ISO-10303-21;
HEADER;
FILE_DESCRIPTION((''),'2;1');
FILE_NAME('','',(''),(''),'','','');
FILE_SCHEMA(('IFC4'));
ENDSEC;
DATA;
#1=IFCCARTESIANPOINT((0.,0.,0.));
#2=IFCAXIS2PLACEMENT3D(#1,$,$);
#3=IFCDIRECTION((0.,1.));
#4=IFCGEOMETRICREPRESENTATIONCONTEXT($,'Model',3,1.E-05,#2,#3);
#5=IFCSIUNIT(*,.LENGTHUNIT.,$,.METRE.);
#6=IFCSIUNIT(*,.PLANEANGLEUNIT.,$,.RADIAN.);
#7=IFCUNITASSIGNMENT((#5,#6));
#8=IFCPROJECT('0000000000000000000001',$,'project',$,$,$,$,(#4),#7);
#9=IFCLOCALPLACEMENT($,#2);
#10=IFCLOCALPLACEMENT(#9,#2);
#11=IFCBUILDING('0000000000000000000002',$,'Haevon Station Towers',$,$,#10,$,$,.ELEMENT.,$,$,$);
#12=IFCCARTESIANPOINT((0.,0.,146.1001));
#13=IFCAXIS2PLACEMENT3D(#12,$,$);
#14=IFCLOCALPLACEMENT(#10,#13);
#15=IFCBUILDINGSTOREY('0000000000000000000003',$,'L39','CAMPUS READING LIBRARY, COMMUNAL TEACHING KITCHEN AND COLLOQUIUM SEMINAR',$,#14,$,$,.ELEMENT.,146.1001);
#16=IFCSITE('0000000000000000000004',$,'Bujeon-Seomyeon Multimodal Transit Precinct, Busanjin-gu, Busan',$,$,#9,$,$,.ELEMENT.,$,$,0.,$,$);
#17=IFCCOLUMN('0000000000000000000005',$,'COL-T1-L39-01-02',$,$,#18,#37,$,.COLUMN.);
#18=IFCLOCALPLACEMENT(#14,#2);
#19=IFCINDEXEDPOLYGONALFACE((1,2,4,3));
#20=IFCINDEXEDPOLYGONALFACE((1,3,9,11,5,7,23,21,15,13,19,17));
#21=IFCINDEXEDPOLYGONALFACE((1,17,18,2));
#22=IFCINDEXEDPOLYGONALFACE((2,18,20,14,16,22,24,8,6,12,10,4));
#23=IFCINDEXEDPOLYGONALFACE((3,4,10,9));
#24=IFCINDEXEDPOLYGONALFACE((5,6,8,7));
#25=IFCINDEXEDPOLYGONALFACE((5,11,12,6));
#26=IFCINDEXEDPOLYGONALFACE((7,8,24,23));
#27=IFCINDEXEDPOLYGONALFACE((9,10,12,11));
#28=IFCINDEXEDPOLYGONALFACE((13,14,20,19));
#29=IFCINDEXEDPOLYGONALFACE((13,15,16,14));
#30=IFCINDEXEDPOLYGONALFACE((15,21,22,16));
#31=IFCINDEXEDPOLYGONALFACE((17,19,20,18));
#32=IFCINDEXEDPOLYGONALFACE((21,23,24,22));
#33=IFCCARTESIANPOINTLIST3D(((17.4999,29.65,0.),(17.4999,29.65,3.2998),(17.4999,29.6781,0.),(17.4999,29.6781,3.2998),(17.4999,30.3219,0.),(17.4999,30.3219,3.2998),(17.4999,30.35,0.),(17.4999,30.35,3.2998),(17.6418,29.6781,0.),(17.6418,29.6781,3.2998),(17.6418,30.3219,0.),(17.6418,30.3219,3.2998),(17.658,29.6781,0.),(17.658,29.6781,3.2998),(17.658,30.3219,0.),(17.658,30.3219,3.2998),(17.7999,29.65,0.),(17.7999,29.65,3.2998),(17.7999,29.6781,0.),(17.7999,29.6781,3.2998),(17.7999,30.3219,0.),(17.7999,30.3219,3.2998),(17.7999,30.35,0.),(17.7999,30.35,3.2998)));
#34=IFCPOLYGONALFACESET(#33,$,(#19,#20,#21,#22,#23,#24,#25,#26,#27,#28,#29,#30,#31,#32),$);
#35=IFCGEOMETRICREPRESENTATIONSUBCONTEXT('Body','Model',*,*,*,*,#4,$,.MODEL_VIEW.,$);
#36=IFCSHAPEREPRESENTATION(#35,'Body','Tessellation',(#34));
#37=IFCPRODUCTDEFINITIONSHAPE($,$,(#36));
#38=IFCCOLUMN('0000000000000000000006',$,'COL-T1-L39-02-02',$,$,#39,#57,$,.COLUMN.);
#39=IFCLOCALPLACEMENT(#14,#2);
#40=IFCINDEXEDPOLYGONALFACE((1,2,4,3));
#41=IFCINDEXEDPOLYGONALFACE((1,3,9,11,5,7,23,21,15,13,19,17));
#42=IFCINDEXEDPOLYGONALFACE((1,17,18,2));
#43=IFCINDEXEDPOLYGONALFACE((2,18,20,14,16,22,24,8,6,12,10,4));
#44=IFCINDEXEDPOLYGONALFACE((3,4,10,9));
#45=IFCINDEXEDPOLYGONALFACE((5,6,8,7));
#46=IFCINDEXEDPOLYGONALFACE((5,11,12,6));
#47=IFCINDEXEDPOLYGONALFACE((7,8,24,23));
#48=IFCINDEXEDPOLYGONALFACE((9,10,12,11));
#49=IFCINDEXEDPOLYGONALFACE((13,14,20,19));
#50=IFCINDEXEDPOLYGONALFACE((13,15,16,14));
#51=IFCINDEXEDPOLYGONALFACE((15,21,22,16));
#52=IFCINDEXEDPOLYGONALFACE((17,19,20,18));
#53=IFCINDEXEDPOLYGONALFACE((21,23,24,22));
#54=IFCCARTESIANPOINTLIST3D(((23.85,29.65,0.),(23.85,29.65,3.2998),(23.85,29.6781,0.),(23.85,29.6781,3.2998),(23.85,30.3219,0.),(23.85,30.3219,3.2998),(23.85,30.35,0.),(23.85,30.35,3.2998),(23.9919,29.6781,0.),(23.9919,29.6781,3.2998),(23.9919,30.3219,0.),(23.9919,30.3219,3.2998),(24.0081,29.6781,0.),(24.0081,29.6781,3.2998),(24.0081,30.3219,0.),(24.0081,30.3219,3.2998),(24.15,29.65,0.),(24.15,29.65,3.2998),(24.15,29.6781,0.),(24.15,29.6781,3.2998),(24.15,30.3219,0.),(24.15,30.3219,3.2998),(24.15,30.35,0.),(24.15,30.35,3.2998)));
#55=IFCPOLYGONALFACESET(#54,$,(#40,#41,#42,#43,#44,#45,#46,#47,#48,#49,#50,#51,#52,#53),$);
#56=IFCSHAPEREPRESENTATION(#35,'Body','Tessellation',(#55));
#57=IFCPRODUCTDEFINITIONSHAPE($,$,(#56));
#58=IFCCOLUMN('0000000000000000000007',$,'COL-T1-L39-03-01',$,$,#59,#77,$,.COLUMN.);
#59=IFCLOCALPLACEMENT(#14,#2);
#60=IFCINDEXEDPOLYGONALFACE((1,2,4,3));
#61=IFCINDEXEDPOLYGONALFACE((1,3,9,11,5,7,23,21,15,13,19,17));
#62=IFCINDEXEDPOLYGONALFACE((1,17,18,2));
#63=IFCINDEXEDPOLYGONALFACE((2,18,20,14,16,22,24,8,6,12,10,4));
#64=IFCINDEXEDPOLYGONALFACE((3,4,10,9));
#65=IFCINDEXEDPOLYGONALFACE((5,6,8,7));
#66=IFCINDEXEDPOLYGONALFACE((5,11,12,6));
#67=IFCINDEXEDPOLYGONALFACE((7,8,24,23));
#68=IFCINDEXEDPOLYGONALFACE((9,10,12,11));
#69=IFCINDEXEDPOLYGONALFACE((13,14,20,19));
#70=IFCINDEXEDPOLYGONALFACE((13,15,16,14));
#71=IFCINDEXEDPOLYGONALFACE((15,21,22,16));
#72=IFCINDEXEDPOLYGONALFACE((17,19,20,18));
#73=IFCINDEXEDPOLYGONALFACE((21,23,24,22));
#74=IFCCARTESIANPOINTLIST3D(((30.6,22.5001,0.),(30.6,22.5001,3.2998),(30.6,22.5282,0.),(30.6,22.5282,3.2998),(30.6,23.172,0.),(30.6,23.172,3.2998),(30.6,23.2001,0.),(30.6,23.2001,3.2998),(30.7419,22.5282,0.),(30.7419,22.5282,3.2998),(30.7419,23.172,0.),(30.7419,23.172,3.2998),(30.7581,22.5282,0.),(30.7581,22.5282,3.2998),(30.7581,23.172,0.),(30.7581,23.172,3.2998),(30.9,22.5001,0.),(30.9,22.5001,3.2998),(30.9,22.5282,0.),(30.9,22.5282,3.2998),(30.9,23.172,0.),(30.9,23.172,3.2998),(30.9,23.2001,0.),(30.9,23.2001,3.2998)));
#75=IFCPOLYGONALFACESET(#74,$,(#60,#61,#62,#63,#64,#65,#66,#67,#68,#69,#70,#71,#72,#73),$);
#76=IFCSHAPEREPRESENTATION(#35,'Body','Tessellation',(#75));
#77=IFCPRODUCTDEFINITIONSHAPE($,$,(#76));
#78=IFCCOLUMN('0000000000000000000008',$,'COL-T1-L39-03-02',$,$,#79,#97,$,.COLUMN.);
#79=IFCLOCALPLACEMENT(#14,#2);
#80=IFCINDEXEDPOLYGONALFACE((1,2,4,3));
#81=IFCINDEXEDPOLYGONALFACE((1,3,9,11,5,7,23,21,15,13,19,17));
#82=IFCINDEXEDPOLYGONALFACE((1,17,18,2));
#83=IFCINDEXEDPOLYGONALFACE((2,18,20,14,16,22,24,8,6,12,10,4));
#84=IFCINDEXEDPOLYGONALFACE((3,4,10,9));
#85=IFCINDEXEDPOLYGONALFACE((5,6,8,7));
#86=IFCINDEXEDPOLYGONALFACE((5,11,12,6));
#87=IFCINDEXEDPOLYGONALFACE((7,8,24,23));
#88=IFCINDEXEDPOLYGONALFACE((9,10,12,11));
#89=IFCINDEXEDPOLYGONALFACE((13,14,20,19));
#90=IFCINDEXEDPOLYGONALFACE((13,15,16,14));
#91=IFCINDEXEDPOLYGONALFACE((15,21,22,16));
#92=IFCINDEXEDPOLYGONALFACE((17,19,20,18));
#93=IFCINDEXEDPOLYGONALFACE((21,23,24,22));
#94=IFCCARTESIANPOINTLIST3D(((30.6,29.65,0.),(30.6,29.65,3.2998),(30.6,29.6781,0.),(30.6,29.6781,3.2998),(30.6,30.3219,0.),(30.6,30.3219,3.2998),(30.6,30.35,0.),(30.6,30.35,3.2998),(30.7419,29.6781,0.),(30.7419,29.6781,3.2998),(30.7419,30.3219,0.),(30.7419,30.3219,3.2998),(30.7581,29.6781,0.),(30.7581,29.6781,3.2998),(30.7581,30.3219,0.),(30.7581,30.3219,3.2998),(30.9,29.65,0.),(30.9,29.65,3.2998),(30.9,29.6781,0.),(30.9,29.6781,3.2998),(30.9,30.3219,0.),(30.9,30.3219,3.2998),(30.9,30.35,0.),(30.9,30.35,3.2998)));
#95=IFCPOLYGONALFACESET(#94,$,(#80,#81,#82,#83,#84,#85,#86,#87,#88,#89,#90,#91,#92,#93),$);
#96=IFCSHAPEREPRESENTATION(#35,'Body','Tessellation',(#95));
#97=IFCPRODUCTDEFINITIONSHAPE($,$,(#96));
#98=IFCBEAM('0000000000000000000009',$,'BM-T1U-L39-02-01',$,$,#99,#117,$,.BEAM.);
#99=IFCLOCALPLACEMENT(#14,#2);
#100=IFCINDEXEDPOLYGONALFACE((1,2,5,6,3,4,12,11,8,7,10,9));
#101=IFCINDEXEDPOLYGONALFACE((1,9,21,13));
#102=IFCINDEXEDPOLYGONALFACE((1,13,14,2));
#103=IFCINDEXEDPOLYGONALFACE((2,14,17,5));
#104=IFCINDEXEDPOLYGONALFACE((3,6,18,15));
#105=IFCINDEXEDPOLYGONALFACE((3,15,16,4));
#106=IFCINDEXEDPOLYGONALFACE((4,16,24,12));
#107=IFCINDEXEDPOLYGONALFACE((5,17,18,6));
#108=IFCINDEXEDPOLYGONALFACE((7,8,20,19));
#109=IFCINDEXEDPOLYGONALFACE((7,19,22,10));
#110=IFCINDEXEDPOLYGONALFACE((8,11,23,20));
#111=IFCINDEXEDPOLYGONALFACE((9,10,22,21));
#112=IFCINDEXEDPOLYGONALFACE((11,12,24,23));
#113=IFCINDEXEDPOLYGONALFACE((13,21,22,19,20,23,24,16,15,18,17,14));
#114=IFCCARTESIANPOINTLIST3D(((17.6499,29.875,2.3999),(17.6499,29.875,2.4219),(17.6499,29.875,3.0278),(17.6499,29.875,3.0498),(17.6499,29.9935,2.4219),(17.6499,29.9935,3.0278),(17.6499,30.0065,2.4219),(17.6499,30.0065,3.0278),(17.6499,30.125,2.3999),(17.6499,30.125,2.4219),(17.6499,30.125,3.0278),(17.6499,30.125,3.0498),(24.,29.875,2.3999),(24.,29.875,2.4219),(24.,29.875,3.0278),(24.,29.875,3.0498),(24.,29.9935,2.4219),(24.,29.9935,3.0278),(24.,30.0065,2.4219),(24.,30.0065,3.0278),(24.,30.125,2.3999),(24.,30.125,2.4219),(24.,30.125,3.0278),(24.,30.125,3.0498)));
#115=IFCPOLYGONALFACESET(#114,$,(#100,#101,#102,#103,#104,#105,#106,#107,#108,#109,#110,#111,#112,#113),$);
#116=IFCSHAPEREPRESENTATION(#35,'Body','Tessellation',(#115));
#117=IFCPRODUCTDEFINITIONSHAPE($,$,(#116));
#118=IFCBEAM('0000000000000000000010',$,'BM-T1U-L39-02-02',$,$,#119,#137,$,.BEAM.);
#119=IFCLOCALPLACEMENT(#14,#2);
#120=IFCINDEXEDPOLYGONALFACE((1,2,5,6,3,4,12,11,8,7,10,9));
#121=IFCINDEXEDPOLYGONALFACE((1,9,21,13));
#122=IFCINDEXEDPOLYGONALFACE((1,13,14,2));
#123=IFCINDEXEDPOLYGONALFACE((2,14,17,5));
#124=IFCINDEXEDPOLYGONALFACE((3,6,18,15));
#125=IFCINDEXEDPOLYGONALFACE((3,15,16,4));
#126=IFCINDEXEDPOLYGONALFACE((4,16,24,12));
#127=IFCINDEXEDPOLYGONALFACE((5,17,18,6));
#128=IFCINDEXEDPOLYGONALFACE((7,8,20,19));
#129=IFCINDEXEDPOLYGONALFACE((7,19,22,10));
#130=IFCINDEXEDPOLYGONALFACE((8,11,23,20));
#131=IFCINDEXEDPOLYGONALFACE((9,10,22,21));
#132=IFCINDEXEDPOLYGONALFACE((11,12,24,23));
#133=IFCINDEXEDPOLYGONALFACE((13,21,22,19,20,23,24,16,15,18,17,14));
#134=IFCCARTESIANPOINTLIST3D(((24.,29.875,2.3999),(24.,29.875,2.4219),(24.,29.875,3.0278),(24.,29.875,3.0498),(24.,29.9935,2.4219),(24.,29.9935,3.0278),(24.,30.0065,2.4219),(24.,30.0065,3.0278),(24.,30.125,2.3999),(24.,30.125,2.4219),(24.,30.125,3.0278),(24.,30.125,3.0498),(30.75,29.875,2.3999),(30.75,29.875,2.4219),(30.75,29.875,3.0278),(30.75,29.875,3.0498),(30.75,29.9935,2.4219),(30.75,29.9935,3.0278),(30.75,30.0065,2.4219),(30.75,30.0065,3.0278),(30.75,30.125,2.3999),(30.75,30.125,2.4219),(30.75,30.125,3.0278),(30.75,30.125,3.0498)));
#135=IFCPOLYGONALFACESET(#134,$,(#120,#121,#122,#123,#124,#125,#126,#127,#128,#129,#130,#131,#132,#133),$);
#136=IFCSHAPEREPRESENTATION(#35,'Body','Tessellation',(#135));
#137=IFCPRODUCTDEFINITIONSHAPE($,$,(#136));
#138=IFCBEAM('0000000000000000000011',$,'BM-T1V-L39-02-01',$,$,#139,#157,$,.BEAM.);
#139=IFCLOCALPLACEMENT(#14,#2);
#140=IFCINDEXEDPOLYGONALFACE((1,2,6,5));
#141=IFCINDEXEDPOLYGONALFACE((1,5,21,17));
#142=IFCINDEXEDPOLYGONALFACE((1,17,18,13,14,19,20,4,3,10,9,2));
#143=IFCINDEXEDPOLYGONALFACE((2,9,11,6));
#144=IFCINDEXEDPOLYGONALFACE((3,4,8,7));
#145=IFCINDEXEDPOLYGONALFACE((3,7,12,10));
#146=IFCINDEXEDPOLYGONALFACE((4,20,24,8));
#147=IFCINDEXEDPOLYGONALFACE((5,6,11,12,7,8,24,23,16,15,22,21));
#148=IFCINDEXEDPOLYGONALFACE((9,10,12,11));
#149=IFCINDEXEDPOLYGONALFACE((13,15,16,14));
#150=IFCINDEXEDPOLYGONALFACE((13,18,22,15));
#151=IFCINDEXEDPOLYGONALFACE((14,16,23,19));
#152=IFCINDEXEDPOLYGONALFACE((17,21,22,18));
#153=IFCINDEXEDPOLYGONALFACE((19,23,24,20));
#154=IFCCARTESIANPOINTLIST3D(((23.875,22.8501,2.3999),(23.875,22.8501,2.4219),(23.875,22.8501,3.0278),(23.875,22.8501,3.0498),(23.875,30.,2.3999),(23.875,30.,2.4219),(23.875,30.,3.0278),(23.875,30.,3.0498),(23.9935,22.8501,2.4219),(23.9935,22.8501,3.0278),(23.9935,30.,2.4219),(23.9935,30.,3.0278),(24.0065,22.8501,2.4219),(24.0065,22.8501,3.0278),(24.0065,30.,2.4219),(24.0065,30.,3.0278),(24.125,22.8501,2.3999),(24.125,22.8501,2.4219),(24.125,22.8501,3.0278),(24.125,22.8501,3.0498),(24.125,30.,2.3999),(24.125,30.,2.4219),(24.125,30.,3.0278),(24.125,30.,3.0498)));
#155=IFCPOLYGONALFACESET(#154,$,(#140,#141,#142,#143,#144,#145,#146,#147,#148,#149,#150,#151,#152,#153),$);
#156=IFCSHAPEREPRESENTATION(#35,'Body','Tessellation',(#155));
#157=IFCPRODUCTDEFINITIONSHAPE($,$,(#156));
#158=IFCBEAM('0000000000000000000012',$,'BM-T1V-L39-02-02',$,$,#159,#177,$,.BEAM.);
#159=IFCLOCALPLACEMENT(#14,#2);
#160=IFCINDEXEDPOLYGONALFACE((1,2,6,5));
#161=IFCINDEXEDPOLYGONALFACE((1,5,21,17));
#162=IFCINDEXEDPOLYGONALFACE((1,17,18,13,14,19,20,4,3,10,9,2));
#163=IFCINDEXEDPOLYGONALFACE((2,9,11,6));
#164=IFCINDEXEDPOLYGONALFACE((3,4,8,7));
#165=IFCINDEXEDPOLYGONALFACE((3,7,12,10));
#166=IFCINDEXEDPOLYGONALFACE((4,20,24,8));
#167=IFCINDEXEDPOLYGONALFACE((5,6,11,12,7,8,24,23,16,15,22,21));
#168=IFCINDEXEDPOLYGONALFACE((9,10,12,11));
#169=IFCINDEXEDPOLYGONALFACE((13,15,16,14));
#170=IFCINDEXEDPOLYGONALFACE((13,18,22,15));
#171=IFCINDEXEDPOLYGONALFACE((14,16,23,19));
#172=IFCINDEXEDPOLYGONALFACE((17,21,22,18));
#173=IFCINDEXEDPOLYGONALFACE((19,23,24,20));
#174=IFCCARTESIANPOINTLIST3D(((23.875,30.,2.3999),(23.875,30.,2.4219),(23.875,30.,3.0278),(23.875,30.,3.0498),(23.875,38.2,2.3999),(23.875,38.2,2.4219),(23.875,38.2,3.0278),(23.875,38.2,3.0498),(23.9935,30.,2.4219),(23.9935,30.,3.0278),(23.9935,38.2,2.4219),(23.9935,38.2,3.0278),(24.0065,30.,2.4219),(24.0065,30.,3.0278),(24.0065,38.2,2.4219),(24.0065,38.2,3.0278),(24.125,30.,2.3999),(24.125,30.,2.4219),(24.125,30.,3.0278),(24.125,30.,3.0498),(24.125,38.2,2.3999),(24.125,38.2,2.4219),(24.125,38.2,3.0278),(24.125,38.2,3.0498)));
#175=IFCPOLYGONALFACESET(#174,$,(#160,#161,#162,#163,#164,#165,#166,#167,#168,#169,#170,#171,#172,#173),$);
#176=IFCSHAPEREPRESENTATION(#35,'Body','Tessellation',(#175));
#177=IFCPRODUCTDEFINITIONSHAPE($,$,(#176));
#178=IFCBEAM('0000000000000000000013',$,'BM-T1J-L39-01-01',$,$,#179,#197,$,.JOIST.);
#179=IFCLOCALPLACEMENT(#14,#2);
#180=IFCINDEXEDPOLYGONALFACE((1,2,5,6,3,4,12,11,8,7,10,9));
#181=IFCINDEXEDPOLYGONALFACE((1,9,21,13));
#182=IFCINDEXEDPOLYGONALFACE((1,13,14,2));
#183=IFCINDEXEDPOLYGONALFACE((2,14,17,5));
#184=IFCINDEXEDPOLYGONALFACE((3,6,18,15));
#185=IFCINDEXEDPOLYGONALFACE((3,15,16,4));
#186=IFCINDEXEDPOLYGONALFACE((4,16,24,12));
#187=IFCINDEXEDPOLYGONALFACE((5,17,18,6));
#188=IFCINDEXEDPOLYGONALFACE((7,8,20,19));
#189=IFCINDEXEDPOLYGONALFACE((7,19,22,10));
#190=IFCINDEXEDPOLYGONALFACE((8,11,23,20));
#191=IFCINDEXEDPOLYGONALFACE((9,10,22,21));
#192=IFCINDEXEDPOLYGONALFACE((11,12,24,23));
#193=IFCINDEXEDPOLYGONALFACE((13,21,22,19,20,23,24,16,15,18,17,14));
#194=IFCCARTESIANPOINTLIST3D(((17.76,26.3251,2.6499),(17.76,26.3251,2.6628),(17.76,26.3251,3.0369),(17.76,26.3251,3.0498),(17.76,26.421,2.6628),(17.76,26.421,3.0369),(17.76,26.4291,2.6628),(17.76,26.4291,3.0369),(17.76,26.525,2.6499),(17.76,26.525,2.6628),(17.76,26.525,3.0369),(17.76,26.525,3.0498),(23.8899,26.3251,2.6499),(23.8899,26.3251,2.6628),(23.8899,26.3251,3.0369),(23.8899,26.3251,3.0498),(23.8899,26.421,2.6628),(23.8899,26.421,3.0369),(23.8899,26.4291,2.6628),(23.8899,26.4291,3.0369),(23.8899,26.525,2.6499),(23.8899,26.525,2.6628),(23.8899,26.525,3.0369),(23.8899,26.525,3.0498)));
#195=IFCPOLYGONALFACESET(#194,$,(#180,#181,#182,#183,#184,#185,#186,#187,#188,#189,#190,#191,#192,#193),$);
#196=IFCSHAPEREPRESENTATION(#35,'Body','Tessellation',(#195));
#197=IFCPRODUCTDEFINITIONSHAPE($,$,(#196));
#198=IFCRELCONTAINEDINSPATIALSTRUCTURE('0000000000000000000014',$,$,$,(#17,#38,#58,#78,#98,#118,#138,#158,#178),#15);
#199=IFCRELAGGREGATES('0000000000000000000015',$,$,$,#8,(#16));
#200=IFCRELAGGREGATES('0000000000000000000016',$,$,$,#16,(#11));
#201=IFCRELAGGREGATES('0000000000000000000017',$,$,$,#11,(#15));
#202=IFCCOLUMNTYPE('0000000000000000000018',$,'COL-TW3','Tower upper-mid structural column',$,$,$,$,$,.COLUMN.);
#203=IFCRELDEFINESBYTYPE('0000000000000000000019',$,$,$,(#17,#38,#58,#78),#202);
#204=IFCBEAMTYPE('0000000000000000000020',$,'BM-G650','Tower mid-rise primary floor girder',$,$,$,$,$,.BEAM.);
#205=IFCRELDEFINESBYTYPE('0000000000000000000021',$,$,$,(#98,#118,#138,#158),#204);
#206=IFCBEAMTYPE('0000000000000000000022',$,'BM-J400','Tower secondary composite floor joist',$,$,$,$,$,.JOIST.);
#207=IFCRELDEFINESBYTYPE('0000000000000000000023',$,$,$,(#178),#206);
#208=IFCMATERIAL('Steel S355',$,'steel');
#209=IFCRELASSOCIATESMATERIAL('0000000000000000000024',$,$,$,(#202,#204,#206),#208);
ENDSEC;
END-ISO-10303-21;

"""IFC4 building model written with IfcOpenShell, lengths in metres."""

from ifc_helpers import new_model, si_unit, direction, frame, origin, origin_2d, place, context, subcontext, project, spatial, i_section, extrude, material, material_profile, profile_set, type_object, element, save


model = new_model("IFC4")

# Units and contexts
model_context = context("Model", 3, precision=1e-05, world=origin(), true_north=direction((0.0, 1.0)))
body_context = subcontext(model_context, "Body", "Model", "MODEL_VIEW")
ifc_project = project(units=[si_unit("LENGTHUNIT", "METRE"), si_unit("PLANEANGLEUNIT", "RADIAN")], contexts=[model_context])

# Site, building, storey
site_placement = place(None, origin())
site = spatial("IfcSite", under=ifc_project, at=site_placement, Name="Bujeon-Seomyeon Multimodal Transit Precinct, Busanjin-gu, Busan", CompositionType="ELEMENT", RefElevation=0.0)
building_placement = place(site_placement, origin())
building = spatial("IfcBuilding", under=site, at=building_placement, Name="Haevon Station Towers", CompositionType="ELEMENT")
storey_placement = place(building_placement, frame((0.0, 0.0, 146.1001)))
storey = spatial("IfcBuildingStorey", under=building, at=storey_placement, Name="L39", Description="CAMPUS READING LIBRARY, COMMUNAL TEACHING KITCHEN AND COLLOQUIUM SEMINAR", CompositionType="ELEMENT", Elevation=146.1001)

# Columns
ifc_material_1 = material(Name="Steel S355", Category="steel")
ifc_material_profile_1 = material_profile(ifc_material_1, i_section(OverallWidth=0.3, OverallDepth=0.7, WebThickness=0.0161, FlangeThickness=0.0281, at=origin_2d()), Name="H-700x300x16x28")
ifc_profile_set_1 = profile_set([ifc_material_profile_1], Name="Steel S355")
column_type = type_object("IfcColumnType", Name="COL-TW3", Description="Tower upper-mid structural column", PredefinedType="COLUMN", material=ifc_profile_set_1)
for number, where, z_axis, x_axis, name in (
    (1, (17.6499, 30.0, 0.0), (0.0, 0.0, 1.0), (1.0, 0.0, 0.0), "COL-T1-L39-01-02"),
    (2, (24.0, 30.0, 0.0), (0.0, 0.0, 1.0), (1.0, 0.0, 0.0), "COL-T1-L39-02-02"),
    (3, (30.75, 22.8501, 0.0), (0.0, 0.0, 1.0), (1.0, 0.0, 0.0), "COL-T1-L39-03-01"),
    (4, (30.75, 30.0, 0.0), (0.0, 0.0, 1.0), (1.0, 0.0, 0.0), "COL-T1-L39-03-02"),
):
    element("IfcColumn", number, at=place(storey_placement, frame(where, z_axis=z_axis, x_axis=x_axis)), inside=storey, type_object=column_type, Name=name, PredefinedType="COLUMN", context=body_context, shape_type="SweptSolid", body=[
        extrude(i_section(OverallWidth=0.3, OverallDepth=0.7, WebThickness=0.0161, FlangeThickness=0.0281, at=origin_2d()), origin(), (0.0, 0.0, 1.0), 3.2998),
    ])

# Beams
ifc_material_profile_2 = material_profile(ifc_material_1, i_section(OverallWidth=0.25, OverallDepth=0.6499, WebThickness=0.0129, FlangeThickness=0.022, at=origin_2d()), Name="H-650x250x13x22")
ifc_profile_set_2 = profile_set([ifc_material_profile_2], Name="Steel S355")
beam_type_1 = type_object("IfcBeamType", Name="BM-G650", Description="Tower mid-rise primary floor girder", PredefinedType="BEAM", material=ifc_profile_set_2)
beam_1_placement = place(storey_placement, frame((17.6499, 30.0, 2.7249), z_axis=(1.0, 0.0, 0.0), x_axis=(0.0, 1.0, 0.0)))
element("IfcBeam", 5, at=beam_1_placement, inside=storey, type_object=beam_type_1, Name="BM-T1U-L39-02-01", PredefinedType="BEAM", context=body_context, shape_type="SweptSolid", body=[
    extrude(i_section(OverallWidth=0.25, OverallDepth=0.6499, WebThickness=0.0129, FlangeThickness=0.022, at=origin_2d()), origin(), (0.0, 0.0, 1.0), 6.3501),
])
beam_2_placement = place(storey_placement, frame((24.0, 30.0, 2.7249), z_axis=(1.0, 0.0, 0.0), x_axis=(0.0, 1.0, 0.0)))
element("IfcBeam", 6, at=beam_2_placement, inside=storey, type_object=beam_type_1, Name="BM-T1U-L39-02-02", PredefinedType="BEAM", context=body_context, shape_type="SweptSolid", body=[
    extrude(i_section(OverallWidth=0.25, OverallDepth=0.6499, WebThickness=0.0129, FlangeThickness=0.022, at=origin_2d()), origin(), (0.0, 0.0, 1.0), 6.75),
])
beam_3_placement = place(storey_placement, frame((24.0, 22.8501, 2.7249), z_axis=(0.0, 1.0, 0.0), x_axis=(-1.0, 0.0, 0.0)))
element("IfcBeam", 7, at=beam_3_placement, inside=storey, type_object=beam_type_1, Name="BM-T1V-L39-02-01", PredefinedType="BEAM", context=body_context, shape_type="SweptSolid", body=[
    extrude(i_section(OverallWidth=0.25, OverallDepth=0.6499, WebThickness=0.0129, FlangeThickness=0.022, at=origin_2d()), origin(), (0.0, 0.0, 1.0), 7.1499),
])
beam_4_placement = place(storey_placement, frame((24.0, 30.0, 2.7249), z_axis=(0.0, 1.0, 0.0), x_axis=(-1.0, 0.0, 0.0)))
element("IfcBeam", 8, at=beam_4_placement, inside=storey, type_object=beam_type_1, Name="BM-T1V-L39-02-02", PredefinedType="BEAM", context=body_context, shape_type="SweptSolid", body=[
    extrude(i_section(OverallWidth=0.25, OverallDepth=0.6499, WebThickness=0.0129, FlangeThickness=0.022, at=origin_2d()), origin(), (0.0, 0.0, 1.0), 8.2),
])
ifc_material_profile_3 = material_profile(ifc_material_1, i_section(OverallWidth=0.2, OverallDepth=0.3999, WebThickness=0.0081, FlangeThickness=0.0129, at=origin_2d()), Name="H-400x200x8x13")
ifc_profile_set_3 = profile_set([ifc_material_profile_3], Name="Steel S355")
beam_type_2 = type_object("IfcBeamType", Name="BM-J400", Description="Tower secondary composite floor joist", PredefinedType="JOIST", material=ifc_profile_set_3)
beam_5_placement = place(storey_placement, frame((17.76, 26.425, 2.8499), z_axis=(1.0, 0.0, 0.0), x_axis=(0.0, 1.0, 0.0)))
element("IfcBeam", 9, at=beam_5_placement, inside=storey, type_object=beam_type_2, Name="BM-T1J-L39-01-01", PredefinedType="JOIST", context=body_context, shape_type="SweptSolid", body=[
    extrude(i_section(OverallWidth=0.2, OverallDepth=0.3999, WebThickness=0.0081, FlangeThickness=0.0129, at=origin_2d()), origin(), (0.0, 0.0, 1.0), 6.1299),
])

save(model, "model.ifc")
